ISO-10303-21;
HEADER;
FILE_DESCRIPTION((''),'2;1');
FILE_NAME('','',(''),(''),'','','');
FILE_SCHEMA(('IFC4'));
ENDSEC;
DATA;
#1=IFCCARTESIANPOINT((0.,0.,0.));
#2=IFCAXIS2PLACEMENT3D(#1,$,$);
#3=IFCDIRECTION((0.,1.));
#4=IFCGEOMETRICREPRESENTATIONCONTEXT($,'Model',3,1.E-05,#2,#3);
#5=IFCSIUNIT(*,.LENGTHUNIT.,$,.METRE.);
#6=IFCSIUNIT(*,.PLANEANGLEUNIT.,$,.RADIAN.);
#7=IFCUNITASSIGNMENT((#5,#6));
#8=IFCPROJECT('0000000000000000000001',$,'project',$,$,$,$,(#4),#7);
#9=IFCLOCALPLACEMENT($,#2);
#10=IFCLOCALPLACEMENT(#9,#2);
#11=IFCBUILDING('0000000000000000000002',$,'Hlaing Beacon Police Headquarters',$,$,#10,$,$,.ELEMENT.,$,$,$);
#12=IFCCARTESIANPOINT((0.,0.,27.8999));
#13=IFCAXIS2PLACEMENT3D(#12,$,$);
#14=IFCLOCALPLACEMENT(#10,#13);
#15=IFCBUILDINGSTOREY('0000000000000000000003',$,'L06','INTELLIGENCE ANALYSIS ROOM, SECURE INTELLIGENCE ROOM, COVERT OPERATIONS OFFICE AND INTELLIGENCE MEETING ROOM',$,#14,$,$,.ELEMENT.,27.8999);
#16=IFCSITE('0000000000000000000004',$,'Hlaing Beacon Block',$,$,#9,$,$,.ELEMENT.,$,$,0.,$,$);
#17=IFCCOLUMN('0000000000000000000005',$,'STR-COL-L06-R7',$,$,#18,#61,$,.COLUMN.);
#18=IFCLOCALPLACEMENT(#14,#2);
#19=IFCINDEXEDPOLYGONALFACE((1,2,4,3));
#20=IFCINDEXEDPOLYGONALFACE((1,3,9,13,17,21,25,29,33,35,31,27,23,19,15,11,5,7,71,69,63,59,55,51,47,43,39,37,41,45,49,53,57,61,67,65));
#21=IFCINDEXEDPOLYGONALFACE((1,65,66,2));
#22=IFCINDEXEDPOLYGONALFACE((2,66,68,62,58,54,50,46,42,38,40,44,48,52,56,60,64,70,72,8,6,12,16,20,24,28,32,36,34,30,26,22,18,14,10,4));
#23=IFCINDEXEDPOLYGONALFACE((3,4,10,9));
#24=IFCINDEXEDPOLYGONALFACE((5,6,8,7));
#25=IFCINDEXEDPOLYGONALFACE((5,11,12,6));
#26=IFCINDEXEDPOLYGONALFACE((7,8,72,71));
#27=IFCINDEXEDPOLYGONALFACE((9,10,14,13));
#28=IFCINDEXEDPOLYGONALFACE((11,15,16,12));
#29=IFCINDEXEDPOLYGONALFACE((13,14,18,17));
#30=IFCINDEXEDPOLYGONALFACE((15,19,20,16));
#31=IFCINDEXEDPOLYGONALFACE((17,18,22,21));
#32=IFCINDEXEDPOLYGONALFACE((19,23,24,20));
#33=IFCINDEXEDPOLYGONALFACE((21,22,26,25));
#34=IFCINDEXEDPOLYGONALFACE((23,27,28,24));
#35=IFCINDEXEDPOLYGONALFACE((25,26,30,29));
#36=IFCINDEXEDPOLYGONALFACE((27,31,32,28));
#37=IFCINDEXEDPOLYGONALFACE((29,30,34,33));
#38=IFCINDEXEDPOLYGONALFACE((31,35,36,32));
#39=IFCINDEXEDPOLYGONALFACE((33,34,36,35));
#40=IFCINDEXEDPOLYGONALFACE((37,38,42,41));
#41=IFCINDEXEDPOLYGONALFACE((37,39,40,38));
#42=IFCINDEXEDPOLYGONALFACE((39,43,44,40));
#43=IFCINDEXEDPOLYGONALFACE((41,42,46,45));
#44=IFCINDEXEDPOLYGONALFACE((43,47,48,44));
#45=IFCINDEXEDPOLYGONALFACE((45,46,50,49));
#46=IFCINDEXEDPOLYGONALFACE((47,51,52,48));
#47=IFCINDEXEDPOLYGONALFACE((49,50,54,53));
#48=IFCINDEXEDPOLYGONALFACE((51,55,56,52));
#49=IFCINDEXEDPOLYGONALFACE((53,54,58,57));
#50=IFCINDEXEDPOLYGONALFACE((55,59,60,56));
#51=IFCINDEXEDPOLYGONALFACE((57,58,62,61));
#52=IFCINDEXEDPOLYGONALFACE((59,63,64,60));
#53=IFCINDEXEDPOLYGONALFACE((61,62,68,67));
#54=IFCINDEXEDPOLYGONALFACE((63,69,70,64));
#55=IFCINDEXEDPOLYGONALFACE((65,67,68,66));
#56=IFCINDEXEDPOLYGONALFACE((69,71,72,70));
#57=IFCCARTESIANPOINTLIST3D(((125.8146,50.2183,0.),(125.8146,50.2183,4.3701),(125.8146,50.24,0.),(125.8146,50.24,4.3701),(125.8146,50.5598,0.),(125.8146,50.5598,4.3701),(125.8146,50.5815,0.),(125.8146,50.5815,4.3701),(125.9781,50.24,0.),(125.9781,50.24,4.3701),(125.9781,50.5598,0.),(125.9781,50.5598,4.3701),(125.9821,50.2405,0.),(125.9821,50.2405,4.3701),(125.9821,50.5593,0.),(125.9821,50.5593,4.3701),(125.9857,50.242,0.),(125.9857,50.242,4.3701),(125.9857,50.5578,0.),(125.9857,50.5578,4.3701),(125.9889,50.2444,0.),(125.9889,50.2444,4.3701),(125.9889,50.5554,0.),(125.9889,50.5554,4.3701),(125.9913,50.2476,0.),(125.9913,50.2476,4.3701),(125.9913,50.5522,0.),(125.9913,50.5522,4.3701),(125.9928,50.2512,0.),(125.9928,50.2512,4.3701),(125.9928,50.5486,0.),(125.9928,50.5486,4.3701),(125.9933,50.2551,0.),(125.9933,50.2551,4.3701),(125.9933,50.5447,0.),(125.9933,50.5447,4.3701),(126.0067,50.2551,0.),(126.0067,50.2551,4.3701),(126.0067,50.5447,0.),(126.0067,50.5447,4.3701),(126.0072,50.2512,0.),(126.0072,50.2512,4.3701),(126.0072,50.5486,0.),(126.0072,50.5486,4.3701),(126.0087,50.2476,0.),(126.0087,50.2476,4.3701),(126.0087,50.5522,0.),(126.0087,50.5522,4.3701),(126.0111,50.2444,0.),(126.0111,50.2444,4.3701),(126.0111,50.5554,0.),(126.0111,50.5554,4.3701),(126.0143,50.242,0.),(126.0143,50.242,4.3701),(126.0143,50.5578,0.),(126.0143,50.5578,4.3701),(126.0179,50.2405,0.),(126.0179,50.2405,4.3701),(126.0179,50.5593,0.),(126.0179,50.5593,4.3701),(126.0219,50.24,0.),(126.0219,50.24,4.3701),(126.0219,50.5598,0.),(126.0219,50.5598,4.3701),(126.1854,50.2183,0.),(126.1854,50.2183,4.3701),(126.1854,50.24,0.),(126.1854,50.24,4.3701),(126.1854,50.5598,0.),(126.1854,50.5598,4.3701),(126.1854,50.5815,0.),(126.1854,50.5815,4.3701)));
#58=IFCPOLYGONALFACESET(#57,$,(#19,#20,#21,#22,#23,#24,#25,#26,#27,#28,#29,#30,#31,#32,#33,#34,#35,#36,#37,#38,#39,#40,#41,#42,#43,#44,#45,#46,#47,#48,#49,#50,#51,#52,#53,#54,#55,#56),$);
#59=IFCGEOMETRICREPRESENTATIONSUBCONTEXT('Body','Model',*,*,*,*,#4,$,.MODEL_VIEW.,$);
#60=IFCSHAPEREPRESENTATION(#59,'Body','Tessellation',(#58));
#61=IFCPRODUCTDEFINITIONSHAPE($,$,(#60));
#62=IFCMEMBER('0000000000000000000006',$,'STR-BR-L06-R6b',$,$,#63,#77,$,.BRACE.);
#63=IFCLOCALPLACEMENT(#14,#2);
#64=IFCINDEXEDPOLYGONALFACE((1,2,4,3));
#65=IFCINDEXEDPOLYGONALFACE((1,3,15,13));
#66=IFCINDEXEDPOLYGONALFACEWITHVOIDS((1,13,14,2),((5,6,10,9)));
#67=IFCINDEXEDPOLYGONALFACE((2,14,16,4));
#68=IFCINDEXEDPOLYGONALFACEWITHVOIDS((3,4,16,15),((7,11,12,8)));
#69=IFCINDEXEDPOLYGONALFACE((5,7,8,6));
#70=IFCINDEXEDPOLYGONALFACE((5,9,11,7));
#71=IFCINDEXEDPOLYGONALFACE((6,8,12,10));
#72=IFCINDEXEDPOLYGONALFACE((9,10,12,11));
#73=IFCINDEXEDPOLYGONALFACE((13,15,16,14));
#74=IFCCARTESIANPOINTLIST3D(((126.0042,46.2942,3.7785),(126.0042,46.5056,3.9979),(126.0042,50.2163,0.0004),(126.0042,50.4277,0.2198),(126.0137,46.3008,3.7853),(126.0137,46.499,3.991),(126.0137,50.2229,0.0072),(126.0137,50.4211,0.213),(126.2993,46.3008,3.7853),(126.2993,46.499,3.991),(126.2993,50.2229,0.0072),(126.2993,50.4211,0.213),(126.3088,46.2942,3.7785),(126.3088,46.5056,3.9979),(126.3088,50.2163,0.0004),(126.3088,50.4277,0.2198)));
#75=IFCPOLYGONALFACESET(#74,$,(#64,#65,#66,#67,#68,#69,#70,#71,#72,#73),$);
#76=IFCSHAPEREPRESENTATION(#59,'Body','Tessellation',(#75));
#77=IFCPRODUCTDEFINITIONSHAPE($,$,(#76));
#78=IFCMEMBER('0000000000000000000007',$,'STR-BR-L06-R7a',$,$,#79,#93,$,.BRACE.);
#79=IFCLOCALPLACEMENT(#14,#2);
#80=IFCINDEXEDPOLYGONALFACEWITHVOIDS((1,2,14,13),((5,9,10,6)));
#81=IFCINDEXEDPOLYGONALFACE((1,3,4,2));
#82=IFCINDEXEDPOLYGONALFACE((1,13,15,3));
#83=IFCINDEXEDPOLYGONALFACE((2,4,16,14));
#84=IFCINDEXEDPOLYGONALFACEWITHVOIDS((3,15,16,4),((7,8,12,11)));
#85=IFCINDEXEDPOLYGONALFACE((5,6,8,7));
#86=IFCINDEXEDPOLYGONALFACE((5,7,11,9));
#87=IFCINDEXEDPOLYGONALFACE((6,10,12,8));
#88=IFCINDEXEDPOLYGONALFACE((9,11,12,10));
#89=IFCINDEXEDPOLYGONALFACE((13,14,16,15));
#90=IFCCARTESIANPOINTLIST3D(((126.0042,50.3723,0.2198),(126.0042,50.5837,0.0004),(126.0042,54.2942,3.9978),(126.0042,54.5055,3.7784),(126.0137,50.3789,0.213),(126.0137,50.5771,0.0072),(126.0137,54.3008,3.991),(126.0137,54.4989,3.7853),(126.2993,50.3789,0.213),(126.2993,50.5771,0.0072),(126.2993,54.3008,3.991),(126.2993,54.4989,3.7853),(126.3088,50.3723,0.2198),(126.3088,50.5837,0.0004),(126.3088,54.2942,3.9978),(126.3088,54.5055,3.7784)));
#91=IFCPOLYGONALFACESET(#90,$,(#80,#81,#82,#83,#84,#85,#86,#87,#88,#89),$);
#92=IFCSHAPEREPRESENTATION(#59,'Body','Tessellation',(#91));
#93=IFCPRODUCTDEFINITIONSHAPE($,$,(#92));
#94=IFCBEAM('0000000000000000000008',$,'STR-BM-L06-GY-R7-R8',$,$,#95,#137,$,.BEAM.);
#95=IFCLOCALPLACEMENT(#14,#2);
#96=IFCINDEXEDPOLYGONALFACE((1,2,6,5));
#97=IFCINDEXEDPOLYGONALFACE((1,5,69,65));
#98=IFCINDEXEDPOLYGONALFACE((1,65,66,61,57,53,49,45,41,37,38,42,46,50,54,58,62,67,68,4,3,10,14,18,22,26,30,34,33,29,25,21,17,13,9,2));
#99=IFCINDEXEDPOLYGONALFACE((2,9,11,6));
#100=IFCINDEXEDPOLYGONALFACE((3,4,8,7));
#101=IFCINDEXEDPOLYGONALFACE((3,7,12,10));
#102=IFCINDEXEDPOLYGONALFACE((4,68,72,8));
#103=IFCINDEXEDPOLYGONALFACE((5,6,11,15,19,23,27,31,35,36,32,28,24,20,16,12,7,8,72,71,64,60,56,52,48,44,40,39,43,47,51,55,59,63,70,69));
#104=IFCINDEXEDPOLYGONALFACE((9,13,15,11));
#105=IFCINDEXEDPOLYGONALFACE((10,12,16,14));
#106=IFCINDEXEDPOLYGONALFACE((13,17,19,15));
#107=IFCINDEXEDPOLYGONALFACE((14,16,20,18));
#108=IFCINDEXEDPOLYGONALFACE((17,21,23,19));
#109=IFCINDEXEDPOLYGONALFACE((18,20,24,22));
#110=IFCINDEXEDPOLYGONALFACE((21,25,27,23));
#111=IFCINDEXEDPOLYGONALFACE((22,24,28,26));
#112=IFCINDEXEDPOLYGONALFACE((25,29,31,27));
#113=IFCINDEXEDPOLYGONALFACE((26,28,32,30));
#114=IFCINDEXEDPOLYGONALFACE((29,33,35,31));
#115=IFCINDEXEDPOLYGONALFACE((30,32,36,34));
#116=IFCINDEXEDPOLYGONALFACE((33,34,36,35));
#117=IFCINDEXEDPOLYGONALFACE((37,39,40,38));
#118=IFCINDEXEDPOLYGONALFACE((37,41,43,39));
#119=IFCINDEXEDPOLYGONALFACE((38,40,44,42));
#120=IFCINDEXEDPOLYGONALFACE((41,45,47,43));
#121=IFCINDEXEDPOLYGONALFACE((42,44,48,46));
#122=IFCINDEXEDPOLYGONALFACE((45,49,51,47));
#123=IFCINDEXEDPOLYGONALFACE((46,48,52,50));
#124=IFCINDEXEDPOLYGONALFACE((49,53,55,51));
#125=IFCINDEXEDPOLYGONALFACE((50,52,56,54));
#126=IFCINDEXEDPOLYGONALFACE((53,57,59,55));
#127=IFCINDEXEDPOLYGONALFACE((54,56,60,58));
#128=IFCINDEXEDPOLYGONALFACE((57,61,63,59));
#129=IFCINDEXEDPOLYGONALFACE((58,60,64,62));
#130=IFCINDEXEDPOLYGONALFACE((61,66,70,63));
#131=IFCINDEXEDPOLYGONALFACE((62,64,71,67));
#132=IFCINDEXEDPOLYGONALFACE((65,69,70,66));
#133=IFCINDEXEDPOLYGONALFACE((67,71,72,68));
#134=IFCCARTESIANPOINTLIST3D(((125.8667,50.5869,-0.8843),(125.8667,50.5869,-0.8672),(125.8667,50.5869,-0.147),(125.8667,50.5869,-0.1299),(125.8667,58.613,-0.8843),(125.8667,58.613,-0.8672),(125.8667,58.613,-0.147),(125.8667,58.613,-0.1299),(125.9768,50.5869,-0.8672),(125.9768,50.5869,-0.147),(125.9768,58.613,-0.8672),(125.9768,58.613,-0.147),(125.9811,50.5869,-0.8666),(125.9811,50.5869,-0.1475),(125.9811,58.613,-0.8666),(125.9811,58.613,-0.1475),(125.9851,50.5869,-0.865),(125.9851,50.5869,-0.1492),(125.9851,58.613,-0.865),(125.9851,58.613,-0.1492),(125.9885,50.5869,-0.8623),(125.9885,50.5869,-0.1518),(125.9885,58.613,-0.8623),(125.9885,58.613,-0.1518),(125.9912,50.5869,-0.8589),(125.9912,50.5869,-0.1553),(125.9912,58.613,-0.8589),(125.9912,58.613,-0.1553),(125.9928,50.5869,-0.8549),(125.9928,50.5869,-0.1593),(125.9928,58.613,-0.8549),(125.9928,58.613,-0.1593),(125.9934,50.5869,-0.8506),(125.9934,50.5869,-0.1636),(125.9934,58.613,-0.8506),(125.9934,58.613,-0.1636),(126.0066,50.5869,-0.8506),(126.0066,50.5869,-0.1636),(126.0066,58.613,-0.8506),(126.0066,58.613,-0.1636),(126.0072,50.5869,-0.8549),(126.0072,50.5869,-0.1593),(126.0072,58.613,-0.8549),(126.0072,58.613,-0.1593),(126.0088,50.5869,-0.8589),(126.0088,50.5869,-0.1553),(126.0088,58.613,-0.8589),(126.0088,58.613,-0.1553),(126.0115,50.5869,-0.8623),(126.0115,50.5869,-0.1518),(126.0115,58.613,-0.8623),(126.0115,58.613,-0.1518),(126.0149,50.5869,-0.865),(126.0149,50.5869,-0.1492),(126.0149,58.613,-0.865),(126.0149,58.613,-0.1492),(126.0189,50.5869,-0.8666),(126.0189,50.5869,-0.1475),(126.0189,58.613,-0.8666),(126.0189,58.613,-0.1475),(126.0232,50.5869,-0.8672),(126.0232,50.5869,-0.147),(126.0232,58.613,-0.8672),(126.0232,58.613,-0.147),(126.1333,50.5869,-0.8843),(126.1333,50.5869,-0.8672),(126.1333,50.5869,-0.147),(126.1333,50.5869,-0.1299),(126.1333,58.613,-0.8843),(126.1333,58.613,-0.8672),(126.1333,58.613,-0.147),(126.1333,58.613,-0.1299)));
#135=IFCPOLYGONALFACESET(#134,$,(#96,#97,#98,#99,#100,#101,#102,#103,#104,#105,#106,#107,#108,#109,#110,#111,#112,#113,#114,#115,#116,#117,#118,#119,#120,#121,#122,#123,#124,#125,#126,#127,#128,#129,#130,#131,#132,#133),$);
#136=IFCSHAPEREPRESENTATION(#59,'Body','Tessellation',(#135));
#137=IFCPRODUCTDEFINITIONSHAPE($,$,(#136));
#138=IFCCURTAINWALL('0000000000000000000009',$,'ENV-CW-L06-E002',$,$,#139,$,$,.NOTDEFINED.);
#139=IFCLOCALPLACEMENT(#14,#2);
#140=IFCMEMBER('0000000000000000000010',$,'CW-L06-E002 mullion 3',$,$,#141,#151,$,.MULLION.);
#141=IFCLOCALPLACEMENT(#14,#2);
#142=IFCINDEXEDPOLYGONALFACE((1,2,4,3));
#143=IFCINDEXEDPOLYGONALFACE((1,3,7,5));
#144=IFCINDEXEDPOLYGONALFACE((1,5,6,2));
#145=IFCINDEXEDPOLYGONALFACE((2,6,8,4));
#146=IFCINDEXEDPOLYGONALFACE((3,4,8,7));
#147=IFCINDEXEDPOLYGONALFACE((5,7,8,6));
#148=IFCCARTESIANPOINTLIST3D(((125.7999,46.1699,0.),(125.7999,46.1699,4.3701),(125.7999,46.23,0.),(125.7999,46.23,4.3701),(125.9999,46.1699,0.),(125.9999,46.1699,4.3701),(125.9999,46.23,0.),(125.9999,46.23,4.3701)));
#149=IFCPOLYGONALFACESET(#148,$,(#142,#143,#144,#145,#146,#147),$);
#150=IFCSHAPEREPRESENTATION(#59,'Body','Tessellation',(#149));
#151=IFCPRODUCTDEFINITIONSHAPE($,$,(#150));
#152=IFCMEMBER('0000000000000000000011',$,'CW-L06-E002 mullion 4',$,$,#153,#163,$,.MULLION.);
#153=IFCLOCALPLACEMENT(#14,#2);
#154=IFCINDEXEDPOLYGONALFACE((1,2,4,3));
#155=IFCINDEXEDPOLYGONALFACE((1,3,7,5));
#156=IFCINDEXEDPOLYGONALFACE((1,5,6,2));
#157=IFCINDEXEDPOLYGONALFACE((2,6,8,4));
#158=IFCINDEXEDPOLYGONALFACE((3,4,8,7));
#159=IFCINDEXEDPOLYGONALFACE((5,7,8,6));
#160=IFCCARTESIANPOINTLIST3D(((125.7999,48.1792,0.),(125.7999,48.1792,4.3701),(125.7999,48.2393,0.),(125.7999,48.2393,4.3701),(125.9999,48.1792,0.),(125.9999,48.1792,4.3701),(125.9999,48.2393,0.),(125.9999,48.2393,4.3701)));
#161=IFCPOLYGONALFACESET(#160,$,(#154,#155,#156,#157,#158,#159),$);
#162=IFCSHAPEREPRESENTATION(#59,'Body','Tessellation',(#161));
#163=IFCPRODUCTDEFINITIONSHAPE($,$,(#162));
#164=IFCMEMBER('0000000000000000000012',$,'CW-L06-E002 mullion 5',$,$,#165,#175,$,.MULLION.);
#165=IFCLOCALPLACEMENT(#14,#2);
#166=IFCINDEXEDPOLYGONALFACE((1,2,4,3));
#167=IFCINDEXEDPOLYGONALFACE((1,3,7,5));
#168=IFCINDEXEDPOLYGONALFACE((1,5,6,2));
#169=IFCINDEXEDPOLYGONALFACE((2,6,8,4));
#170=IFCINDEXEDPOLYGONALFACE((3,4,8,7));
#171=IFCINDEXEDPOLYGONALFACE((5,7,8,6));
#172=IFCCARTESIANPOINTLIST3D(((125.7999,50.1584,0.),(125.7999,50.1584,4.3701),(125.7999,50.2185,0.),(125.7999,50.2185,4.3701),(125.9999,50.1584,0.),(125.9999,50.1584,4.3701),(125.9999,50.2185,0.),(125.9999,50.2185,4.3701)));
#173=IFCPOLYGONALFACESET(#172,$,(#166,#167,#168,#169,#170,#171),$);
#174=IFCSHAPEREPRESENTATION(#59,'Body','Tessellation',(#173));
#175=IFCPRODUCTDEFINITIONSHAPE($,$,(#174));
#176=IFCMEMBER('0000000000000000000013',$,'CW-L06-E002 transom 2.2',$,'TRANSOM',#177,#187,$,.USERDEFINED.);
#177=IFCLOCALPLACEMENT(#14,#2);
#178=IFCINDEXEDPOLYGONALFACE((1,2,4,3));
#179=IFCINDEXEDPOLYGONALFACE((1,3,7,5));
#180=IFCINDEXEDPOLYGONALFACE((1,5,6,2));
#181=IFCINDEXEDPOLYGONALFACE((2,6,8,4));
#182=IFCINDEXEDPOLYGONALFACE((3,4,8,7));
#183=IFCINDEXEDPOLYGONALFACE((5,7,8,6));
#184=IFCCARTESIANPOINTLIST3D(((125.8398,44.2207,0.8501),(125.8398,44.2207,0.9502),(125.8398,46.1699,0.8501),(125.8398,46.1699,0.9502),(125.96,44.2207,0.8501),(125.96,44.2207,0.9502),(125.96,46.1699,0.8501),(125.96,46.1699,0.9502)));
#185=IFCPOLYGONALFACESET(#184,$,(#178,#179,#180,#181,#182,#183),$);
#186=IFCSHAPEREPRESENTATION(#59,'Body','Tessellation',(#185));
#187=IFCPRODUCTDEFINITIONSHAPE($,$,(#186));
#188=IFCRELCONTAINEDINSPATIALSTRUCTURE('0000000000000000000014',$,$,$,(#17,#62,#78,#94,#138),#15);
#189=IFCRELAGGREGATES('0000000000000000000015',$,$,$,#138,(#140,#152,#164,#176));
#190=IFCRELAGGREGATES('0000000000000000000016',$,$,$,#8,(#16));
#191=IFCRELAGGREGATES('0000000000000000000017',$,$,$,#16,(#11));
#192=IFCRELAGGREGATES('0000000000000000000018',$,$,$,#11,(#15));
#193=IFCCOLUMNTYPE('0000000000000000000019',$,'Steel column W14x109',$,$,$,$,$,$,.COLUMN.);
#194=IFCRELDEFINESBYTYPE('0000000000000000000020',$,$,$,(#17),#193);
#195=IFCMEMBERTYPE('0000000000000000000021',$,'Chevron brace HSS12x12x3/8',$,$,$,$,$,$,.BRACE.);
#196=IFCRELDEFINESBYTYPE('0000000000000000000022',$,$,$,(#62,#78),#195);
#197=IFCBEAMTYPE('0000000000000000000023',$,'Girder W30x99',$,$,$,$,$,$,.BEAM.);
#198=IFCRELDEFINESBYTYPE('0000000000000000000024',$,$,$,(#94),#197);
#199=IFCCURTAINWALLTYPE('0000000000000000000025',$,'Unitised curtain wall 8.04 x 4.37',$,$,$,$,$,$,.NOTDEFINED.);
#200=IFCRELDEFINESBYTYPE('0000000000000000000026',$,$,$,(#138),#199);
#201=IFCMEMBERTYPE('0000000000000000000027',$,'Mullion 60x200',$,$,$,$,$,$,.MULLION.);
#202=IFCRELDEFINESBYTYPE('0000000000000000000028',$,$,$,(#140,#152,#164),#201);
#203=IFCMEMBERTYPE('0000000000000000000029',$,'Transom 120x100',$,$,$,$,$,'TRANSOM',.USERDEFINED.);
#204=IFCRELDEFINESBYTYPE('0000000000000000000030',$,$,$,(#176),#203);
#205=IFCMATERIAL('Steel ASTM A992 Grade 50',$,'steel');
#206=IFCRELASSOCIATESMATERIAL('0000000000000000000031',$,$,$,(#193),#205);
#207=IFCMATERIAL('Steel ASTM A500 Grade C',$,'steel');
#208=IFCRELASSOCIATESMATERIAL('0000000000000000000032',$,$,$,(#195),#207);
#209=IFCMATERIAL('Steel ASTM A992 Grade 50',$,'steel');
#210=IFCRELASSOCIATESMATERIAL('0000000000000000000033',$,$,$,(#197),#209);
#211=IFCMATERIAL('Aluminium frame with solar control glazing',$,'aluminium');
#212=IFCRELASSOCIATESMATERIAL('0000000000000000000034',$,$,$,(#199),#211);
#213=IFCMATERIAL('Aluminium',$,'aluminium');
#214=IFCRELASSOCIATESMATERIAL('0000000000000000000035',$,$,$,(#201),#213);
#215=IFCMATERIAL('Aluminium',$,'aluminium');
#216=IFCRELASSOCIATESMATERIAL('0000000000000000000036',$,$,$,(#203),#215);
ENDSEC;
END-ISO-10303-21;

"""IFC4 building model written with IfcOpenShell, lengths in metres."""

from ifc_helpers import new_model, si_unit, direction, frame, origin, origin_2d, place, context, subcontext, project, spatial, rectangle, hollow_rectangle, i_section, extrude, material, material_profile, profile_set, type_object, element, aggregate, save


model = new_model("IFC4")

# Units and contexts
model_context = context("Model", 3, precision=1e-05, world=origin(), true_north=direction((0.0, 1.0)))
body_context = subcontext(model_context, "Body", "Model", "MODEL_VIEW")
ifc_project = project(units=[si_unit("LENGTHUNIT", "METRE"), si_unit("PLANEANGLEUNIT", "RADIAN")], contexts=[model_context])

# Site, building, storey
site_placement = place(None, origin())
site = spatial("IfcSite", under=ifc_project, at=site_placement, Name="Hlaing Beacon Block", CompositionType="ELEMENT", RefElevation=0.0)
building_placement = place(site_placement, origin())
building = spatial("IfcBuilding", under=site, at=building_placement, Name="Hlaing Beacon Police Headquarters", CompositionType="ELEMENT")
storey_placement = place(building_placement, frame((0.0, 0.0, 27.8999)))
storey = spatial("IfcBuildingStorey", under=building, at=storey_placement, Name="L06", Description="INTELLIGENCE ANALYSIS ROOM, SECURE INTELLIGENCE ROOM, COVERT OPERATIONS OFFICE AND INTELLIGENCE MEETING ROOM", CompositionType="ELEMENT", Elevation=27.8999)

# Column
ifc_material_1 = material(Name="Steel ASTM A992 Grade 50", Category="steel")
ifc_material_profile_1 = material_profile(ifc_material_1, i_section(OverallWidth=0.3708, OverallDepth=0.3633, WebThickness=0.0134, FlangeThickness=0.0217, FilletRadius=0.0151, at=origin_2d()), Name="W14x109")
ifc_profile_set_1 = profile_set([ifc_material_profile_1], Name="Steel ASTM A992 Grade 50")
column_type = type_object("IfcColumnType", Name="Steel column W14x109", PredefinedType="COLUMN", material=ifc_profile_set_1)
column_placement = place(storey_placement, frame((126.0, 50.3999, 0.0), z_axis=(0.0, 0.0, 1.0), x_axis=(1.0, 0.0, 0.0)))
element("IfcColumn", 1, at=column_placement, inside=storey, type_object=column_type, Name="STR-COL-L06-R7", PredefinedType="COLUMN", context=body_context, shape_type="SweptSolid", body=[
    extrude(i_section(OverallWidth=0.3708, OverallDepth=0.3633, WebThickness=0.0134, FlangeThickness=0.0217, FilletRadius=0.0151, at=origin_2d()), origin(), (0.0, 0.0, 1.0), 4.3701),
])

# Members
ifc_material_2 = material(Name="Steel ASTM A500 Grade C", Category="steel")
ifc_material_profile_2 = material_profile(ifc_material_2, hollow_rectangle(XDim=0.3047, YDim=0.3047, WallThickness=0.0095, at=origin_2d()), Name="HSS12x12x3/8")
ifc_profile_set_2 = profile_set([ifc_material_profile_2], Name="Steel ASTM A500 Grade C")
member_type_1 = type_object("IfcMemberType", Name="Chevron brace HSS12x12x3/8", PredefinedType="BRACE", material=ifc_profile_set_2)
member_1_placement = place(storey_placement, frame((126.1565, 50.322, 0.1101), z_axis=(0.0, -0.720208, 0.693758), x_axis=(1.0, 0.0, 0.0)))
element("IfcMember", 2, at=member_1_placement, inside=storey, type_object=member_type_1, Name="STR-BR-L06-R6b", PredefinedType="BRACE", context=body_context, shape_type="SweptSolid", body=[
    extrude(hollow_rectangle(XDim=0.3047, YDim=0.3047, WallThickness=0.0095, at=origin_2d()), origin(), (0.0, 0.0, 1.0), 5.4458),
])
member_2_placement = place(storey_placement, frame((126.1565, 50.478, 0.1101), z_axis=(0.0, 0.720187, 0.69378), x_axis=(-1.0, 0.0, 0.0)))
element("IfcMember", 3, at=member_2_placement, inside=storey, type_object=member_type_1, Name="STR-BR-L06-R7a", PredefinedType="BRACE", context=body_context, shape_type="SweptSolid", body=[
    extrude(hollow_rectangle(XDim=0.3047, YDim=0.3047, WallThickness=0.0095, at=origin_2d()), origin(), (0.0, 0.0, 1.0), 5.4456),
])

# Beam
ifc_material_3 = material(Name="Steel ASTM A992 Grade 50", Category="steel")
ifc_material_profile_3 = material_profile(ifc_material_3, i_section(OverallWidth=0.2666, OverallDepth=0.7544, WebThickness=0.0132, FlangeThickness=0.0171, FilletRadius=0.0166, at=origin_2d()), Name="W30x99")
ifc_profile_set_3 = profile_set([ifc_material_profile_3], Name="Steel ASTM A992 Grade 50")
beam_type = type_object("IfcBeamType", Name="Girder W30x99", PredefinedType="BEAM", material=ifc_profile_set_3)
beam_placement = place(storey_placement, frame((126.0, 50.5869, -0.5071), z_axis=(0.0, 1.0, 0.0), x_axis=(-1.0, 0.0, 0.0)))
element("IfcBeam", 4, at=beam_placement, inside=storey, type_object=beam_type, Name="STR-BM-L06-GY-R7-R8", PredefinedType="BEAM", context=body_context, shape_type="SweptSolid", body=[
    extrude(i_section(OverallWidth=0.2666, OverallDepth=0.7544, WebThickness=0.0132, FlangeThickness=0.0171, FilletRadius=0.0166, at=origin_2d()), origin(), (0.0, 0.0, 1.0), 8.0261),
])

# Curtain wall, members
ifc_material_4 = material(Name="Aluminium frame with solar control glazing", Category="aluminium")
curtain_wall_type = type_object("IfcCurtainWallType", Name="Unitised curtain wall 8.04 x 4.37", PredefinedType="NOTDEFINED", material=ifc_material_4)
curtain_wall_placement = place(storey_placement, origin())
curtain_wall = element("IfcCurtainWall", 5, at=curtain_wall_placement, inside=storey, type_object=curtain_wall_type, Name="ENV-CW-L06-E002", PredefinedType="NOTDEFINED")
ifc_material_5 = material(Name="Aluminium", Category="aluminium")
ifc_material_profile_4 = material_profile(ifc_material_5, rectangle(XDim=0.2, YDim=0.0601, at=origin_2d()), Name="Mullion 60x200")
ifc_profile_set_4 = profile_set([ifc_material_profile_4], Name="Aluminium")
member_type_2 = type_object("IfcMemberType", Name="Mullion 60x200", PredefinedType="MULLION", material=ifc_profile_set_4)
member_3_placement = place(storey_placement, frame((125.8999, 46.2, 0.0), z_axis=(0.0, 0.0, 1.0), x_axis=(-1.0, 0.0, 0.0)))
member_3 = element("IfcMember", 6, at=member_3_placement, type_object=member_type_2, Name="CW-L06-E002 mullion 3", PredefinedType="MULLION", context=body_context, shape_type="SweptSolid", body=[
    extrude(rectangle(XDim=0.2, YDim=0.0601, at=origin_2d()), origin(), (0.0, 0.0, 1.0), 4.3701),
])
member_4_placement = place(storey_placement, frame((125.8999, 48.2092, 0.0), z_axis=(0.0, 0.0, 1.0), x_axis=(-1.0, 0.0, 0.0)))
member_4 = element("IfcMember", 7, at=member_4_placement, type_object=member_type_2, Name="CW-L06-E002 mullion 4", PredefinedType="MULLION", context=body_context, shape_type="SweptSolid", body=[
    extrude(rectangle(XDim=0.2, YDim=0.0601, at=origin_2d()), origin(), (0.0, 0.0, 1.0), 4.3701),
])
member_5_placement = place(storey_placement, frame((125.8999, 50.1885, 0.0), z_axis=(0.0, 0.0, 1.0), x_axis=(-1.0, 0.0, 0.0)))
member_5 = element("IfcMember", 8, at=member_5_placement, type_object=member_type_2, Name="CW-L06-E002 mullion 5", PredefinedType="MULLION", context=body_context, shape_type="SweptSolid", body=[
    extrude(rectangle(XDim=0.2, YDim=0.0601, at=origin_2d()), origin(), (0.0, 0.0, 1.0), 4.3701),
])
ifc_material_6 = material(Name="Aluminium", Category="aluminium")
ifc_material_profile_5 = material_profile(ifc_material_6, rectangle(XDim=0.1201, YDim=0.1001, at=origin_2d()), Name="Transom 120x100")
ifc_profile_set_5 = profile_set([ifc_material_profile_5], Name="Aluminium")
member_type_3 = type_object("IfcMemberType", Name="Transom 120x100", ElementType="TRANSOM", PredefinedType="USERDEFINED", material=ifc_profile_set_5)
member_6_placement = place(storey_placement, frame((125.8999, 44.2207, 0.9001), z_axis=(0.0, 1.0, 0.0), x_axis=(-1.0, 0.0, 0.0)))
member_6 = element("IfcMember", 9, at=member_6_placement, type_object=member_type_3, Name="CW-L06-E002 transom 2.2", ObjectType="TRANSOM", PredefinedType="USERDEFINED", context=body_context, shape_type="SweptSolid", body=[
    extrude(rectangle(XDim=0.1201, YDim=0.1001, at=origin_2d()), origin(), (0.0, 0.0, 1.0), 1.9492),
])
aggregate(curtain_wall, [member_3, member_4, member_5, member_6])

save(model, "model.ifc")
